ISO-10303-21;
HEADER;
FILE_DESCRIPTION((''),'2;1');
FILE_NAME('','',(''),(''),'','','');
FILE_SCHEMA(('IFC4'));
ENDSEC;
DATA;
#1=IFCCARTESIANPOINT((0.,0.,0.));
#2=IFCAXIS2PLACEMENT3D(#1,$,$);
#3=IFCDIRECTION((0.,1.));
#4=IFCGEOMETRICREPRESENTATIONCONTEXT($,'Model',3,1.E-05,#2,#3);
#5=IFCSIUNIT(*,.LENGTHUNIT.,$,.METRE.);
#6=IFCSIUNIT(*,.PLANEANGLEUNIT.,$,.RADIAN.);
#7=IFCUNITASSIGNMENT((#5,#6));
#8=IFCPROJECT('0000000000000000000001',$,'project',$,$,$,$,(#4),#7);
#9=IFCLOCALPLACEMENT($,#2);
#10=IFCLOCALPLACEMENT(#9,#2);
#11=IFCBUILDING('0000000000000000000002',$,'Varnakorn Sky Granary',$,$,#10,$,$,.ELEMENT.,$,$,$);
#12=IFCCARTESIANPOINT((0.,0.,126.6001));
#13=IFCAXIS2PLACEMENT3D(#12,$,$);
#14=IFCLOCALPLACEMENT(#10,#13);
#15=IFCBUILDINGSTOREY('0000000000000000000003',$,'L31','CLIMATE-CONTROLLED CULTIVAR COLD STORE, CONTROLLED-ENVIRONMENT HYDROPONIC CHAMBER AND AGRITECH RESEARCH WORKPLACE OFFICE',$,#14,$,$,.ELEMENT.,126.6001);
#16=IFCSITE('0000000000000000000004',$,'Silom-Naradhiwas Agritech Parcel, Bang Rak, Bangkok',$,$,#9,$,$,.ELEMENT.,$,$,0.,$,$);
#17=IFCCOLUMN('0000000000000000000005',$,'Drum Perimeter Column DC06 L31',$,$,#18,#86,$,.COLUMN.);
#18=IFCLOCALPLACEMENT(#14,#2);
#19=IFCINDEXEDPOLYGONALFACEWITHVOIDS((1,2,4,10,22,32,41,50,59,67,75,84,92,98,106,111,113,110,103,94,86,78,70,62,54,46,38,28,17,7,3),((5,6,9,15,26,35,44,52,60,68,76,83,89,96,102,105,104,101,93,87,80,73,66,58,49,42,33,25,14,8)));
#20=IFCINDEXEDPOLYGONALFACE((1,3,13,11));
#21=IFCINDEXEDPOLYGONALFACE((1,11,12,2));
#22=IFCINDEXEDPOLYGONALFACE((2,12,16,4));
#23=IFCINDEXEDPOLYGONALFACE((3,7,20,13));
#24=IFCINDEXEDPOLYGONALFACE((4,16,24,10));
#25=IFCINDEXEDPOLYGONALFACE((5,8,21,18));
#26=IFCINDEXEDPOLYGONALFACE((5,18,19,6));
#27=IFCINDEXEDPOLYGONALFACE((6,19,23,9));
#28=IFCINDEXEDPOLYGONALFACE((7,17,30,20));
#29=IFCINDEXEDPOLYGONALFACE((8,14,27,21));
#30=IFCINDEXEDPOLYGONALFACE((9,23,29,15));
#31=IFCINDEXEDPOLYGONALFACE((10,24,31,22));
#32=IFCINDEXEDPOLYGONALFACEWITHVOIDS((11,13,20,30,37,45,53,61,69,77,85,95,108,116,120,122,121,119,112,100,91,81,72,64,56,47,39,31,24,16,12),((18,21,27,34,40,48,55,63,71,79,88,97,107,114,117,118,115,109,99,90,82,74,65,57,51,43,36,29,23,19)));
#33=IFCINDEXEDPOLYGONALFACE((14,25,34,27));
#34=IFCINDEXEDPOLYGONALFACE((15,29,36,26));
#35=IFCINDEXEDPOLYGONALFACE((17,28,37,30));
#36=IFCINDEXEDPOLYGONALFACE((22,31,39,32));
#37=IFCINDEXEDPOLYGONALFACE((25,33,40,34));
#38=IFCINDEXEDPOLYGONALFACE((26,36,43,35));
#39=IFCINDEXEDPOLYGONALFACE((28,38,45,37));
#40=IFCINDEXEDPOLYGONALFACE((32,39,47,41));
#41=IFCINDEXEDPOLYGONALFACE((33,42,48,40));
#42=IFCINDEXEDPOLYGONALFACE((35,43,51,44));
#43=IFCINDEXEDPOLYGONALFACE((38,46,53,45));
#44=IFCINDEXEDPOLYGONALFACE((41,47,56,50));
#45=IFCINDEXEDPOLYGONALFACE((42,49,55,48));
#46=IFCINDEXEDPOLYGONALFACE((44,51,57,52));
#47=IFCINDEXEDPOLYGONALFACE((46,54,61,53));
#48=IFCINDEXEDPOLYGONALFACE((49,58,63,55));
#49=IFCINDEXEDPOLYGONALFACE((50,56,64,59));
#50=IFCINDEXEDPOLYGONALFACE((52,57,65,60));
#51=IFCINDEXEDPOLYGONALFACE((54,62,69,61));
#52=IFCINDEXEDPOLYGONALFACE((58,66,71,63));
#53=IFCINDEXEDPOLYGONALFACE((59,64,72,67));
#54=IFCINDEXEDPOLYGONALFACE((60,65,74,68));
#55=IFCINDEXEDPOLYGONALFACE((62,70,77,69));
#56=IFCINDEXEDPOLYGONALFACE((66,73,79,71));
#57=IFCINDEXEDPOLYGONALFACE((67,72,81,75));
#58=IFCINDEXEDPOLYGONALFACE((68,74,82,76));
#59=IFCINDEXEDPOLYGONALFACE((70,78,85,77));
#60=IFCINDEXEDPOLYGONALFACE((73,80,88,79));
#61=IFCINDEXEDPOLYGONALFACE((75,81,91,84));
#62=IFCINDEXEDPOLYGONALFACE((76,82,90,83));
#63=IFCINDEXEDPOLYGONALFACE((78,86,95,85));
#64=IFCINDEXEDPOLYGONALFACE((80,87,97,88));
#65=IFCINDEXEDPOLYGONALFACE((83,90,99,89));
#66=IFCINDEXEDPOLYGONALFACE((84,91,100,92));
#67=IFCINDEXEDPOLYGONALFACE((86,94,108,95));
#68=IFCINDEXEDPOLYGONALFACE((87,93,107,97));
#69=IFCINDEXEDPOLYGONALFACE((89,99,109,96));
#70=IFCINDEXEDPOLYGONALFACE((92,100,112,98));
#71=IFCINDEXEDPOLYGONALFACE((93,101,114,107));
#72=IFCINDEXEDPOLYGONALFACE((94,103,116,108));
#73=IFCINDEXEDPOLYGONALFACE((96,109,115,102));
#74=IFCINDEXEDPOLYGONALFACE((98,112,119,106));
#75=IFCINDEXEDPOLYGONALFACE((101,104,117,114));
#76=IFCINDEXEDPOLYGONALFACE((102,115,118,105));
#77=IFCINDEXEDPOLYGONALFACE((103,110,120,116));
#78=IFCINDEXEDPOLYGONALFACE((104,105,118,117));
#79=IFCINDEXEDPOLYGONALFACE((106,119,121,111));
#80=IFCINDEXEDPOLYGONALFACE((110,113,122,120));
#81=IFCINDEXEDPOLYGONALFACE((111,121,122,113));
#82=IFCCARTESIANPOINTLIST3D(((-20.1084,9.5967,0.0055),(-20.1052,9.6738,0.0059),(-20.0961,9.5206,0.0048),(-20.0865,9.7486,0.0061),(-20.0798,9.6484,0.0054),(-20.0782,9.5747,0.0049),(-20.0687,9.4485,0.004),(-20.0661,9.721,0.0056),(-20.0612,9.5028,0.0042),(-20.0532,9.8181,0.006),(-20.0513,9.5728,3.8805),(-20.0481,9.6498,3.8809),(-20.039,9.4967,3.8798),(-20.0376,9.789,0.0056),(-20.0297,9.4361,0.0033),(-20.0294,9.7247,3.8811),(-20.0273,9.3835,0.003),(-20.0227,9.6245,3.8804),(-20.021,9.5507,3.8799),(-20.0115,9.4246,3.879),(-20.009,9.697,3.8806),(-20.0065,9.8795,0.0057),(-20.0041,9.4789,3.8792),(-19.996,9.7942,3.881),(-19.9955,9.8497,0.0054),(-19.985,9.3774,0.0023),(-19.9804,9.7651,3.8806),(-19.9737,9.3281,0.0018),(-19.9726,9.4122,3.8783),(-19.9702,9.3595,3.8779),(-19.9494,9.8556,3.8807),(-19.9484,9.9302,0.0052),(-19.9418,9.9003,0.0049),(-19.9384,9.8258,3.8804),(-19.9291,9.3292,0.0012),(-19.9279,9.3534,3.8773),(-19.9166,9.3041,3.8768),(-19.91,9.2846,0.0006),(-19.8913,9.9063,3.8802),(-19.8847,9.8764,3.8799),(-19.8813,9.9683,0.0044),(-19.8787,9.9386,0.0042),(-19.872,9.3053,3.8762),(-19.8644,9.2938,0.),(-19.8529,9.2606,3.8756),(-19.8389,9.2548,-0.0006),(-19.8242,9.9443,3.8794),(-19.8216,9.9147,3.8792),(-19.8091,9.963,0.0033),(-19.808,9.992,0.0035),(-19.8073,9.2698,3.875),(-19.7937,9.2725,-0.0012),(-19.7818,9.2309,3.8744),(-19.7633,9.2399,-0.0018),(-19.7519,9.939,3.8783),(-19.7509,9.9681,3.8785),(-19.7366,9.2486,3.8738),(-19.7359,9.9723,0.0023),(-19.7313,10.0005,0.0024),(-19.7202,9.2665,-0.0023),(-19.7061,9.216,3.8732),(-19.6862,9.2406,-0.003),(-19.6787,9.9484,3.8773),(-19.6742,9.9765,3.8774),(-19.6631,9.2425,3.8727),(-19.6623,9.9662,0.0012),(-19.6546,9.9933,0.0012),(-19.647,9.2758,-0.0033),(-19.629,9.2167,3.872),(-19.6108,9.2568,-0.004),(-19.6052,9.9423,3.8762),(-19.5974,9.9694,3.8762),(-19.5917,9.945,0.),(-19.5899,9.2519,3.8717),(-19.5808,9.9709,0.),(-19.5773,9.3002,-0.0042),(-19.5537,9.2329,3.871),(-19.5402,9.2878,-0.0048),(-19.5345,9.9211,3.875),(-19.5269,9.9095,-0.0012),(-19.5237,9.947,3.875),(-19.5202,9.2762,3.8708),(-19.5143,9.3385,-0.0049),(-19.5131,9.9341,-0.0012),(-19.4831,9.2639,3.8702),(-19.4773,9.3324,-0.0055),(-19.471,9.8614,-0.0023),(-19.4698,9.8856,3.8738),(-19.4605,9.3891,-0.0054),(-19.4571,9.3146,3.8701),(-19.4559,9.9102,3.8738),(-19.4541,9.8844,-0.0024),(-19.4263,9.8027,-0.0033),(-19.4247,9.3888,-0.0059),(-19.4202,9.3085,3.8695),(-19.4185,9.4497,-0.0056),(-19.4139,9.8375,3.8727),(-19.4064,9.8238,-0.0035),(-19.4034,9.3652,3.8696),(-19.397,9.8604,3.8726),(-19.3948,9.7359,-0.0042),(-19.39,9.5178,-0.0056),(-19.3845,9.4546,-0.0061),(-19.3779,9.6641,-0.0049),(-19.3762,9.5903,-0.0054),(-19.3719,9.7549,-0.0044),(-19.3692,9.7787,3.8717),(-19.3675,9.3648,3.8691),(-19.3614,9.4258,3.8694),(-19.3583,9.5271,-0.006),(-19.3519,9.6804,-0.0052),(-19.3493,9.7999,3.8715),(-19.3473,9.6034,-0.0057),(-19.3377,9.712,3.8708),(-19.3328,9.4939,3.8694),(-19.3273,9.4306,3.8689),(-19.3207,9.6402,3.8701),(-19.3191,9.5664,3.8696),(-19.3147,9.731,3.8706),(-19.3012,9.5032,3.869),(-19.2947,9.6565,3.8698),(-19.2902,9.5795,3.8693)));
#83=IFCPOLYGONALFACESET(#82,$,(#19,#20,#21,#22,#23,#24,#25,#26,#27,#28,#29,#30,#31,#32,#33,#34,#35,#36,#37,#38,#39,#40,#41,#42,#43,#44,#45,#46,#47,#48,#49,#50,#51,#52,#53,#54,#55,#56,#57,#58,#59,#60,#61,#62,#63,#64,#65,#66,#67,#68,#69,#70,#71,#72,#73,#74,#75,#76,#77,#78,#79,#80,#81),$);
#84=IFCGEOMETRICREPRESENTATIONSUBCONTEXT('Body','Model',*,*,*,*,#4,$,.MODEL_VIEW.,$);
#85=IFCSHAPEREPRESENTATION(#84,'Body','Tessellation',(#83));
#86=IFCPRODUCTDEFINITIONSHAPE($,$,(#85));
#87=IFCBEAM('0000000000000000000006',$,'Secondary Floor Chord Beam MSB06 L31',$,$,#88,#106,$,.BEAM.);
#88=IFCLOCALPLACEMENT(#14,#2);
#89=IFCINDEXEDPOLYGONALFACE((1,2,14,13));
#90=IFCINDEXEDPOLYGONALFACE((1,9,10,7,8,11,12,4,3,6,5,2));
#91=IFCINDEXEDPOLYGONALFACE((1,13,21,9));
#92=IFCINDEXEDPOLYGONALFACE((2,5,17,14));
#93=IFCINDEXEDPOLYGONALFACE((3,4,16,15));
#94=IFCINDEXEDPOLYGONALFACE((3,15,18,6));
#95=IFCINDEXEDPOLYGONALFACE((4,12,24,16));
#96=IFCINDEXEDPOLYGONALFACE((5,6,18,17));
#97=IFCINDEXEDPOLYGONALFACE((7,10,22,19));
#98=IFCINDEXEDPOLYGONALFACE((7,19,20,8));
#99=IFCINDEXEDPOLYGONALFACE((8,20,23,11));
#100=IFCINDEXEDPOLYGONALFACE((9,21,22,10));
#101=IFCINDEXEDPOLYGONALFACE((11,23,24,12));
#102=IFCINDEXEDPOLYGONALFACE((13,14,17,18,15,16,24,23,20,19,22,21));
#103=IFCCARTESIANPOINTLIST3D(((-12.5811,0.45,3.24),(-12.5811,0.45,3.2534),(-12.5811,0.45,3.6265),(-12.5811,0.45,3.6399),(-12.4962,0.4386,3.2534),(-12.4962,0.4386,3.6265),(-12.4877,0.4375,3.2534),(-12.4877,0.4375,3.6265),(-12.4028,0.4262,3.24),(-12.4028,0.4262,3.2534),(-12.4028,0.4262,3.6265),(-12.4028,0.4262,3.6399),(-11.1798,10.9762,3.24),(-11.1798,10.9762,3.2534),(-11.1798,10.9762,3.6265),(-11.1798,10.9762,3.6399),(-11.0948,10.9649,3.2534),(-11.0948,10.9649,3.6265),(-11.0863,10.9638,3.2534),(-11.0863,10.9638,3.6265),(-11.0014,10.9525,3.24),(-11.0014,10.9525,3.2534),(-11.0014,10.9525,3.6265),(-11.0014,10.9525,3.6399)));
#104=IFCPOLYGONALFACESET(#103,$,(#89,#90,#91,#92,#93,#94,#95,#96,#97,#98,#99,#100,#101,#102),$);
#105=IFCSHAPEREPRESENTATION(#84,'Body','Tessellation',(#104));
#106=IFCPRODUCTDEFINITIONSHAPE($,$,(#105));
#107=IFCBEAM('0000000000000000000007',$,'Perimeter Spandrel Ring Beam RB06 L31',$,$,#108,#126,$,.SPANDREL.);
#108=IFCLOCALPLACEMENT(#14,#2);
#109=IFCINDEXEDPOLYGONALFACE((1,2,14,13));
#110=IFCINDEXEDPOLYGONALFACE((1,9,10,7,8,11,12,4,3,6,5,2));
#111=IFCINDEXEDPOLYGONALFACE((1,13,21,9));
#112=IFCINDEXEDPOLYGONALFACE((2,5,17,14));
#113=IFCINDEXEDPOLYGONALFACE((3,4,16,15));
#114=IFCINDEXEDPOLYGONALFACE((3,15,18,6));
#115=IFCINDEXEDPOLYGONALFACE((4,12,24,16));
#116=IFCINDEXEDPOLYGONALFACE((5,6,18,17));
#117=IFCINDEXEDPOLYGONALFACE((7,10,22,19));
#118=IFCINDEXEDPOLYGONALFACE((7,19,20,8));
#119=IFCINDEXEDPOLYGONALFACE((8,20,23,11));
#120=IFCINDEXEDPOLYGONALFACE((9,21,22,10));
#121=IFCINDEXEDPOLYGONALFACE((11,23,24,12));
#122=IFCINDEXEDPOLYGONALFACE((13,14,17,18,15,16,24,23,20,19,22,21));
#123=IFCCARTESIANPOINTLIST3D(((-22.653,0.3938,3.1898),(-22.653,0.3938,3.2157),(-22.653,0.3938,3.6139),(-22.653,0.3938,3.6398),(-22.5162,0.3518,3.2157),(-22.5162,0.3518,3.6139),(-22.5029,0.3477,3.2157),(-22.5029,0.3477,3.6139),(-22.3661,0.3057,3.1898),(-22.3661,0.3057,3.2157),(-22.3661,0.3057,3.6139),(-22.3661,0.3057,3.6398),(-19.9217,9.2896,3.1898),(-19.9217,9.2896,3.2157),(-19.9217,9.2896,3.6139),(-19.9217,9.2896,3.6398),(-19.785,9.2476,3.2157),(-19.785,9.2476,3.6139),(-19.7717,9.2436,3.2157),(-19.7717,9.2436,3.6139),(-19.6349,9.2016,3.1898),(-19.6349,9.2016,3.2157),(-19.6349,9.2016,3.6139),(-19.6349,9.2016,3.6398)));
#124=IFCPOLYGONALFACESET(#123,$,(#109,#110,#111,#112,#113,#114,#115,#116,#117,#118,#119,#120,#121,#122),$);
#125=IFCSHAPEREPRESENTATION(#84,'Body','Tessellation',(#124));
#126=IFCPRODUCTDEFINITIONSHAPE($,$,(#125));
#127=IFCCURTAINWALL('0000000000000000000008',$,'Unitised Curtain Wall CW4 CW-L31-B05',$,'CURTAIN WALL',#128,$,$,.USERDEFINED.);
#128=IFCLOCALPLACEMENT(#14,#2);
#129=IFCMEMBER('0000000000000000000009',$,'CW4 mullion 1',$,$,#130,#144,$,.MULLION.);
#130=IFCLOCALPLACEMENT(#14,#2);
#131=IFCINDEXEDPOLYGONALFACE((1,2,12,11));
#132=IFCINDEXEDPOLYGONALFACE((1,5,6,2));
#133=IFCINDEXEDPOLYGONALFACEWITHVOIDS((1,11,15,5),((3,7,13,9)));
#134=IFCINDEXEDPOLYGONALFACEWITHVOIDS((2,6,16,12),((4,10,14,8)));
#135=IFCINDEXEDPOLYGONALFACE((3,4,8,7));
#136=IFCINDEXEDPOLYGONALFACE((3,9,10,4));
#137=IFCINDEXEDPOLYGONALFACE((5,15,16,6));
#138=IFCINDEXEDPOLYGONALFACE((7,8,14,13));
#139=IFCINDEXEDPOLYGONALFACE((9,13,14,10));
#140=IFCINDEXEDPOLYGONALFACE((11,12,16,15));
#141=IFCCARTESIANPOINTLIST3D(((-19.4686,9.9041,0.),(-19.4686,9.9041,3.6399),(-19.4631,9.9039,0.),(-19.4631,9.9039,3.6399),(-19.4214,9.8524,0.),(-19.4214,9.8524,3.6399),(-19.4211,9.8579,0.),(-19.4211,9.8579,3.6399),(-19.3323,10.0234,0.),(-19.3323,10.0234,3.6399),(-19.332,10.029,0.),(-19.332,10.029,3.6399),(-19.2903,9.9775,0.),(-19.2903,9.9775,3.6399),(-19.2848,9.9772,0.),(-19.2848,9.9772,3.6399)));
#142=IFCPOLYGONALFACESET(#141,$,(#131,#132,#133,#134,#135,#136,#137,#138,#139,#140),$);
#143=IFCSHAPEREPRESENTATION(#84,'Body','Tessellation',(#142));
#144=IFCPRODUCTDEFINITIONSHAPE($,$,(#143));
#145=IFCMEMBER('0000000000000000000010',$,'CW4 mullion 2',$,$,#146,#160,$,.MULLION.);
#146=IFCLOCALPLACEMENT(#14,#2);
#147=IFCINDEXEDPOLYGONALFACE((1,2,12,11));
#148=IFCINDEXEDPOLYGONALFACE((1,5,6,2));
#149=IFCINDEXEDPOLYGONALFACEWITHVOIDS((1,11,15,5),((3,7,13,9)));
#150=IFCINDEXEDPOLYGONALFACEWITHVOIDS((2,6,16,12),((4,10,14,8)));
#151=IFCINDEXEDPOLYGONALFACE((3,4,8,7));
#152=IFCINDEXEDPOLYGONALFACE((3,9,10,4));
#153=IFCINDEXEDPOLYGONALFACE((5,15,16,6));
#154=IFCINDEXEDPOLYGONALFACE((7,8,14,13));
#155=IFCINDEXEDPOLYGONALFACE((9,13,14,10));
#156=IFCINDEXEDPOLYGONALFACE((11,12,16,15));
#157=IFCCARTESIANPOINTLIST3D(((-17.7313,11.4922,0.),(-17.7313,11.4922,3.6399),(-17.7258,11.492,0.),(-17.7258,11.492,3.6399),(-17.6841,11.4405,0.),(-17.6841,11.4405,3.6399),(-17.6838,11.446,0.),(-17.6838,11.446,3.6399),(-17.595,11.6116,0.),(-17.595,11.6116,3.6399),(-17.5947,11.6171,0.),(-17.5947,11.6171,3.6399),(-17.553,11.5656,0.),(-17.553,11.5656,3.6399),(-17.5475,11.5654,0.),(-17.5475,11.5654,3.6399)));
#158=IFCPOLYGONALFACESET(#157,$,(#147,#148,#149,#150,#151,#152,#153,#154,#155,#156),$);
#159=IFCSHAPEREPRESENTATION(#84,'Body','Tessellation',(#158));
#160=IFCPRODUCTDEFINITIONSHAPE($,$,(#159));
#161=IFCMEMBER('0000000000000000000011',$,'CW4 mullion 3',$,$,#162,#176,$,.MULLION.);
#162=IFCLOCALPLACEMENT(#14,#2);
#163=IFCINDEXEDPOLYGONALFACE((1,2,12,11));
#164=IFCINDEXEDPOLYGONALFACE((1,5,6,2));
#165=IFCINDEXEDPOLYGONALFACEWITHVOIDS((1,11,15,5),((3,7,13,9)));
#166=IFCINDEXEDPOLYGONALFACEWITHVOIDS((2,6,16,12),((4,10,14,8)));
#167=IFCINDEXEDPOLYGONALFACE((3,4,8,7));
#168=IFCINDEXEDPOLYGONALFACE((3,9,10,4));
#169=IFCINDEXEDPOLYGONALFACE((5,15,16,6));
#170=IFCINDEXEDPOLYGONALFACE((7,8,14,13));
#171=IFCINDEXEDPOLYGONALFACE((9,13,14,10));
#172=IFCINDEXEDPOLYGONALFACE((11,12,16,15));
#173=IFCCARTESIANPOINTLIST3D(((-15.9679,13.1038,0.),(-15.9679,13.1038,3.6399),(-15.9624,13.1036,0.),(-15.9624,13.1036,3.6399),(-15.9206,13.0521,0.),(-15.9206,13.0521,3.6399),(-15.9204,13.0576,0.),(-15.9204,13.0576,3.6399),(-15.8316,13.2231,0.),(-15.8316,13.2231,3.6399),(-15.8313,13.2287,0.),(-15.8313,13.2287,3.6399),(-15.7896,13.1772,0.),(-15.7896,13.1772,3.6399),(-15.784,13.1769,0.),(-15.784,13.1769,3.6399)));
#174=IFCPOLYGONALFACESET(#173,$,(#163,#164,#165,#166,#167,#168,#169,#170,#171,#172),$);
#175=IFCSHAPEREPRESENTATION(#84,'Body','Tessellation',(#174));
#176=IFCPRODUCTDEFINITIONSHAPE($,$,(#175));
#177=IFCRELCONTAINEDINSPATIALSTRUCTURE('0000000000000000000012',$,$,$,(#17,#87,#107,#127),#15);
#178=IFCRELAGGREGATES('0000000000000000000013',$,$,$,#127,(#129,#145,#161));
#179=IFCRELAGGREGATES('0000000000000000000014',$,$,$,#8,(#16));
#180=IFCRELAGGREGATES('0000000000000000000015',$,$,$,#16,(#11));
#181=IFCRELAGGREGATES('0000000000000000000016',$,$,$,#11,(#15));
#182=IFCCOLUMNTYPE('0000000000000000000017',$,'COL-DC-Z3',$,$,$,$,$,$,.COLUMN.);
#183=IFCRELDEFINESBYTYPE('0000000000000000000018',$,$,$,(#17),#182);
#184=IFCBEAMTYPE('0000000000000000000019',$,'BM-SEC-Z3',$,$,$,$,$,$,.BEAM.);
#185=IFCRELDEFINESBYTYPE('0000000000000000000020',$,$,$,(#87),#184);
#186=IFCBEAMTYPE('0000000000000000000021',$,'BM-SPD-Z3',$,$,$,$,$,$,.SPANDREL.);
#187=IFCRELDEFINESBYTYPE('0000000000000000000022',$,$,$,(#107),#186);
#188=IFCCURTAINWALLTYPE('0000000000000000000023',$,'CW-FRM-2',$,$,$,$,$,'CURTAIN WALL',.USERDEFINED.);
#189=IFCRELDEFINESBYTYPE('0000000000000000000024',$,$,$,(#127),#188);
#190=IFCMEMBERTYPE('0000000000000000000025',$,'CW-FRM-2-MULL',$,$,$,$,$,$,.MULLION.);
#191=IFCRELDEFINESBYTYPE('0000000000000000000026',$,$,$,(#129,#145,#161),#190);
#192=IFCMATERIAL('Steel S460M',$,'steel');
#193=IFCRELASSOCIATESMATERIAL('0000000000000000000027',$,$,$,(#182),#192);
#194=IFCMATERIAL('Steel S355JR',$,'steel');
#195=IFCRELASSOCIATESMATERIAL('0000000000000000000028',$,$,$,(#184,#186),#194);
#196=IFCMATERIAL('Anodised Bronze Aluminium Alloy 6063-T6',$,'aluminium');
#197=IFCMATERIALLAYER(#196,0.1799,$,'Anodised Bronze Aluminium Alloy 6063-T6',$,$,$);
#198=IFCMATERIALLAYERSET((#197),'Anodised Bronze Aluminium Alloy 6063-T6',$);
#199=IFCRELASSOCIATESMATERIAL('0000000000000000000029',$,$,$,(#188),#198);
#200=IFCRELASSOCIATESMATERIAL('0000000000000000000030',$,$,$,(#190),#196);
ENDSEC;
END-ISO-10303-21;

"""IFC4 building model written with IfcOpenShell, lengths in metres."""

from ifc_helpers import new_model, si_unit, direction, frame, origin, origin_2d, place, context, subcontext, project, spatial, hollow_rectangle, hollow_circle, i_section, extrude, material, layer, layer_set, material_profile, profile_set, type_object, element, aggregate, save


model = new_model("IFC4")

# Units and contexts
model_context = context("Model", 3, precision=1e-05, world=origin(), true_north=direction((0.0, 1.0)))
body_context = subcontext(model_context, "Body", "Model", "MODEL_VIEW")
ifc_project = project(units=[si_unit("LENGTHUNIT", "METRE"), si_unit("PLANEANGLEUNIT", "RADIAN")], contexts=[model_context])

# Site, building, storey
site_placement = place(None, origin())
site = spatial("IfcSite", under=ifc_project, at=site_placement, Name="Silom-Naradhiwas Agritech Parcel, Bang Rak, Bangkok", CompositionType="ELEMENT", RefElevation=0.0)
building_placement = place(site_placement, origin())
building = spatial("IfcBuilding", under=site, at=building_placement, Name="Varnakorn Sky Granary", CompositionType="ELEMENT")
storey_placement = place(building_placement, frame((0.0, 0.0, 126.6001)))
storey = spatial("IfcBuildingStorey", under=building, at=storey_placement, Name="L31", Description="CLIMATE-CONTROLLED CULTIVAR COLD STORE, CONTROLLED-ENVIRONMENT HYDROPONIC CHAMBER AND AGRITECH RESEARCH WORKPLACE OFFICE", CompositionType="ELEMENT", Elevation=126.6001)

# Column
ifc_material_1 = material(Name="Steel S460M", Category="steel")
ifc_material_profile_1 = material_profile(ifc_material_1, hollow_circle(Radius=0.3811, WallThickness=0.0281, at=origin_2d()), Name="CHS 762x28")
ifc_profile_set_1 = profile_set([ifc_material_profile_1], Name="Steel S460M")
column_type = type_object("IfcColumnType", Name="COL-DC-Z3", PredefinedType="COLUMN", material=ifc_profile_set_1)
column_placement = place(storey_placement, frame((-19.728, 9.6194, 0.0), z_axis=(0.014741, -0.006174, 0.999872), x_axis=(0.386294, 0.922376, 0.0)))
element("IfcColumn", 1, at=column_placement, inside=storey, type_object=column_type, Name="Drum Perimeter Column DC06 L31", PredefinedType="COLUMN", context=body_context, shape_type="SweptSolid", body=[
    extrude(hollow_circle(Radius=0.3811, WallThickness=0.0281, at=origin_2d()), origin(), (0.0, 0.0, 1.0), 3.8755),
])

# Beams
ifc_material_2 = material(Name="Steel S355JR", Category="steel")
ifc_material_profile_2 = material_profile(ifc_material_2, i_section(OverallWidth=0.1799, OverallDepth=0.3999, WebThickness=0.0085, FlangeThickness=0.0134, at=origin_2d()), Name="IPE 400")
ifc_profile_set_2 = profile_set([ifc_material_profile_2], Name="Steel S355JR")
beam_type_1 = type_object("IfcBeamType", Name="BM-SEC-Z3", PredefinedType="BEAM", material=ifc_profile_set_2)
beam_1_placement = place(storey_placement, frame((-11.0906, 10.9644, 3.4399), z_axis=(-0.131965, -0.991254, 0.0), x_axis=(0.991254, -0.131965, 0.0)))
element("IfcBeam", 2, at=beam_1_placement, inside=storey, type_object=beam_type_1, Name="Secondary Floor Chord Beam MSB06 L31", PredefinedType="BEAM", context=body_context, shape_type="SweptSolid", body=[
    extrude(i_section(OverallWidth=0.1799, OverallDepth=0.3999, WebThickness=0.0085, FlangeThickness=0.0134, at=origin_2d()), origin(), (0.0, 0.0, 1.0), 10.6191),
])
ifc_material_profile_3 = material_profile(ifc_material_2, i_section(OverallWidth=0.3, OverallDepth=0.45, WebThickness=0.0139, FlangeThickness=0.0259, at=origin_2d()), Name="HE 450 B")
ifc_profile_set_3 = profile_set([ifc_material_profile_3], Name="Steel S355JR")
beam_type_2 = type_object("IfcBeamType", Name="BM-SPD-Z3", PredefinedType="SPANDREL", material=ifc_profile_set_3)
beam_2_placement = place(storey_placement, frame((-19.7783, 9.2456, 3.4148), z_axis=(-0.293501, -0.955959, 0.0), x_axis=(0.955959, -0.293501, 0.0)))
element("IfcBeam", 3, at=beam_2_placement, inside=storey, type_object=beam_type_2, Name="Perimeter Spandrel Ring Beam RB06 L31", PredefinedType="SPANDREL", context=body_context, shape_type="SweptSolid", body=[
    extrude(i_section(OverallWidth=0.3, OverallDepth=0.45, WebThickness=0.0139, FlangeThickness=0.0259, at=origin_2d()), origin(), (0.0, 0.0, 1.0), 9.3057),
])

# Curtain wall, members
ifc_material_3 = material(Name="Anodised Bronze Aluminium Alloy 6063-T6", Category="aluminium")
ifc_layer_1 = layer(ifc_material_3, 0.1799, Name="Anodised Bronze Aluminium Alloy 6063-T6")
ifc_layer_set_1 = layer_set([ifc_layer_1], Name="Anodised Bronze Aluminium Alloy 6063-T6")
curtain_wall_type = type_object("IfcCurtainWallType", Name="CW-FRM-2", ElementType="CURTAIN WALL", PredefinedType="USERDEFINED", material=ifc_layer_set_1)
curtain_wall_placement = place(storey_placement, origin())
curtain_wall = element("IfcCurtainWall", 4, at=curtain_wall_placement, inside=storey, type_object=curtain_wall_type, Name="Unitised Curtain Wall CW4 CW-L31-B05", ObjectType="CURTAIN WALL", PredefinedType="USERDEFINED")
ifc_material_profile_4 = material_profile(ifc_material_3, hollow_rectangle(XDim=0.0701, YDim=0.1851, WallThickness=0.0039, at=origin_2d()), Name="ALU MULL 70x185")
ifc_profile_set_4 = profile_set([ifc_material_profile_4], Name="Anodised Bronze Aluminium Alloy 6063-T6")
member_type_1 = type_object("IfcMemberType", Name="CW-FRM-2-MULL", PredefinedType="MULLION", material=ifc_profile_set_4)
member_1_placement = place(storey_placement, frame((-19.3767, 9.9407, 0.0), z_axis=(0.0, 0.0, 1.0), x_axis=(-0.674681, 0.73811, 0.0)))
member_1 = element("IfcMember", 5, at=member_1_placement, type_object=member_type_1, Name="CW4 mullion 1", PredefinedType="MULLION", context=body_context, shape_type="SweptSolid", body=[
    extrude(hollow_rectangle(XDim=0.0701, YDim=0.1851, WallThickness=0.0039, at=origin_2d()), origin(), (0.0, 0.0, 1.0), 3.6399),
])
member_2_placement = place(storey_placement, frame((-17.6394, 11.5288, 0.0), z_axis=(0.0, 0.0, 1.0), x_axis=(-0.674681, 0.73811, 0.0)))
member_2 = element("IfcMember", 6, at=member_2_placement, type_object=member_type_1, Name="CW4 mullion 2", PredefinedType="MULLION", context=body_context, shape_type="SweptSolid", body=[
    extrude(hollow_rectangle(XDim=0.0701, YDim=0.1851, WallThickness=0.0039, at=origin_2d()), origin(), (0.0, 0.0, 1.0), 3.6399),
])
member_3_placement = place(storey_placement, frame((-15.876, 13.1404, 0.0), z_axis=(0.0, 0.0, 1.0), x_axis=(-0.674681, 0.73811, 0.0)))
member_3 = element("IfcMember", 7, at=member_3_placement, type_object=member_type_1, Name="CW4 mullion 3", PredefinedType="MULLION", context=body_context, shape_type="SweptSolid", body=[
    extrude(hollow_rectangle(XDim=0.0701, YDim=0.1851, WallThickness=0.0039, at=origin_2d()), origin(), (0.0, 0.0, 1.0), 3.6399),
])

aggregate(curtain_wall, [member_1, member_2, member_3])

save(model, "model.ifc")
